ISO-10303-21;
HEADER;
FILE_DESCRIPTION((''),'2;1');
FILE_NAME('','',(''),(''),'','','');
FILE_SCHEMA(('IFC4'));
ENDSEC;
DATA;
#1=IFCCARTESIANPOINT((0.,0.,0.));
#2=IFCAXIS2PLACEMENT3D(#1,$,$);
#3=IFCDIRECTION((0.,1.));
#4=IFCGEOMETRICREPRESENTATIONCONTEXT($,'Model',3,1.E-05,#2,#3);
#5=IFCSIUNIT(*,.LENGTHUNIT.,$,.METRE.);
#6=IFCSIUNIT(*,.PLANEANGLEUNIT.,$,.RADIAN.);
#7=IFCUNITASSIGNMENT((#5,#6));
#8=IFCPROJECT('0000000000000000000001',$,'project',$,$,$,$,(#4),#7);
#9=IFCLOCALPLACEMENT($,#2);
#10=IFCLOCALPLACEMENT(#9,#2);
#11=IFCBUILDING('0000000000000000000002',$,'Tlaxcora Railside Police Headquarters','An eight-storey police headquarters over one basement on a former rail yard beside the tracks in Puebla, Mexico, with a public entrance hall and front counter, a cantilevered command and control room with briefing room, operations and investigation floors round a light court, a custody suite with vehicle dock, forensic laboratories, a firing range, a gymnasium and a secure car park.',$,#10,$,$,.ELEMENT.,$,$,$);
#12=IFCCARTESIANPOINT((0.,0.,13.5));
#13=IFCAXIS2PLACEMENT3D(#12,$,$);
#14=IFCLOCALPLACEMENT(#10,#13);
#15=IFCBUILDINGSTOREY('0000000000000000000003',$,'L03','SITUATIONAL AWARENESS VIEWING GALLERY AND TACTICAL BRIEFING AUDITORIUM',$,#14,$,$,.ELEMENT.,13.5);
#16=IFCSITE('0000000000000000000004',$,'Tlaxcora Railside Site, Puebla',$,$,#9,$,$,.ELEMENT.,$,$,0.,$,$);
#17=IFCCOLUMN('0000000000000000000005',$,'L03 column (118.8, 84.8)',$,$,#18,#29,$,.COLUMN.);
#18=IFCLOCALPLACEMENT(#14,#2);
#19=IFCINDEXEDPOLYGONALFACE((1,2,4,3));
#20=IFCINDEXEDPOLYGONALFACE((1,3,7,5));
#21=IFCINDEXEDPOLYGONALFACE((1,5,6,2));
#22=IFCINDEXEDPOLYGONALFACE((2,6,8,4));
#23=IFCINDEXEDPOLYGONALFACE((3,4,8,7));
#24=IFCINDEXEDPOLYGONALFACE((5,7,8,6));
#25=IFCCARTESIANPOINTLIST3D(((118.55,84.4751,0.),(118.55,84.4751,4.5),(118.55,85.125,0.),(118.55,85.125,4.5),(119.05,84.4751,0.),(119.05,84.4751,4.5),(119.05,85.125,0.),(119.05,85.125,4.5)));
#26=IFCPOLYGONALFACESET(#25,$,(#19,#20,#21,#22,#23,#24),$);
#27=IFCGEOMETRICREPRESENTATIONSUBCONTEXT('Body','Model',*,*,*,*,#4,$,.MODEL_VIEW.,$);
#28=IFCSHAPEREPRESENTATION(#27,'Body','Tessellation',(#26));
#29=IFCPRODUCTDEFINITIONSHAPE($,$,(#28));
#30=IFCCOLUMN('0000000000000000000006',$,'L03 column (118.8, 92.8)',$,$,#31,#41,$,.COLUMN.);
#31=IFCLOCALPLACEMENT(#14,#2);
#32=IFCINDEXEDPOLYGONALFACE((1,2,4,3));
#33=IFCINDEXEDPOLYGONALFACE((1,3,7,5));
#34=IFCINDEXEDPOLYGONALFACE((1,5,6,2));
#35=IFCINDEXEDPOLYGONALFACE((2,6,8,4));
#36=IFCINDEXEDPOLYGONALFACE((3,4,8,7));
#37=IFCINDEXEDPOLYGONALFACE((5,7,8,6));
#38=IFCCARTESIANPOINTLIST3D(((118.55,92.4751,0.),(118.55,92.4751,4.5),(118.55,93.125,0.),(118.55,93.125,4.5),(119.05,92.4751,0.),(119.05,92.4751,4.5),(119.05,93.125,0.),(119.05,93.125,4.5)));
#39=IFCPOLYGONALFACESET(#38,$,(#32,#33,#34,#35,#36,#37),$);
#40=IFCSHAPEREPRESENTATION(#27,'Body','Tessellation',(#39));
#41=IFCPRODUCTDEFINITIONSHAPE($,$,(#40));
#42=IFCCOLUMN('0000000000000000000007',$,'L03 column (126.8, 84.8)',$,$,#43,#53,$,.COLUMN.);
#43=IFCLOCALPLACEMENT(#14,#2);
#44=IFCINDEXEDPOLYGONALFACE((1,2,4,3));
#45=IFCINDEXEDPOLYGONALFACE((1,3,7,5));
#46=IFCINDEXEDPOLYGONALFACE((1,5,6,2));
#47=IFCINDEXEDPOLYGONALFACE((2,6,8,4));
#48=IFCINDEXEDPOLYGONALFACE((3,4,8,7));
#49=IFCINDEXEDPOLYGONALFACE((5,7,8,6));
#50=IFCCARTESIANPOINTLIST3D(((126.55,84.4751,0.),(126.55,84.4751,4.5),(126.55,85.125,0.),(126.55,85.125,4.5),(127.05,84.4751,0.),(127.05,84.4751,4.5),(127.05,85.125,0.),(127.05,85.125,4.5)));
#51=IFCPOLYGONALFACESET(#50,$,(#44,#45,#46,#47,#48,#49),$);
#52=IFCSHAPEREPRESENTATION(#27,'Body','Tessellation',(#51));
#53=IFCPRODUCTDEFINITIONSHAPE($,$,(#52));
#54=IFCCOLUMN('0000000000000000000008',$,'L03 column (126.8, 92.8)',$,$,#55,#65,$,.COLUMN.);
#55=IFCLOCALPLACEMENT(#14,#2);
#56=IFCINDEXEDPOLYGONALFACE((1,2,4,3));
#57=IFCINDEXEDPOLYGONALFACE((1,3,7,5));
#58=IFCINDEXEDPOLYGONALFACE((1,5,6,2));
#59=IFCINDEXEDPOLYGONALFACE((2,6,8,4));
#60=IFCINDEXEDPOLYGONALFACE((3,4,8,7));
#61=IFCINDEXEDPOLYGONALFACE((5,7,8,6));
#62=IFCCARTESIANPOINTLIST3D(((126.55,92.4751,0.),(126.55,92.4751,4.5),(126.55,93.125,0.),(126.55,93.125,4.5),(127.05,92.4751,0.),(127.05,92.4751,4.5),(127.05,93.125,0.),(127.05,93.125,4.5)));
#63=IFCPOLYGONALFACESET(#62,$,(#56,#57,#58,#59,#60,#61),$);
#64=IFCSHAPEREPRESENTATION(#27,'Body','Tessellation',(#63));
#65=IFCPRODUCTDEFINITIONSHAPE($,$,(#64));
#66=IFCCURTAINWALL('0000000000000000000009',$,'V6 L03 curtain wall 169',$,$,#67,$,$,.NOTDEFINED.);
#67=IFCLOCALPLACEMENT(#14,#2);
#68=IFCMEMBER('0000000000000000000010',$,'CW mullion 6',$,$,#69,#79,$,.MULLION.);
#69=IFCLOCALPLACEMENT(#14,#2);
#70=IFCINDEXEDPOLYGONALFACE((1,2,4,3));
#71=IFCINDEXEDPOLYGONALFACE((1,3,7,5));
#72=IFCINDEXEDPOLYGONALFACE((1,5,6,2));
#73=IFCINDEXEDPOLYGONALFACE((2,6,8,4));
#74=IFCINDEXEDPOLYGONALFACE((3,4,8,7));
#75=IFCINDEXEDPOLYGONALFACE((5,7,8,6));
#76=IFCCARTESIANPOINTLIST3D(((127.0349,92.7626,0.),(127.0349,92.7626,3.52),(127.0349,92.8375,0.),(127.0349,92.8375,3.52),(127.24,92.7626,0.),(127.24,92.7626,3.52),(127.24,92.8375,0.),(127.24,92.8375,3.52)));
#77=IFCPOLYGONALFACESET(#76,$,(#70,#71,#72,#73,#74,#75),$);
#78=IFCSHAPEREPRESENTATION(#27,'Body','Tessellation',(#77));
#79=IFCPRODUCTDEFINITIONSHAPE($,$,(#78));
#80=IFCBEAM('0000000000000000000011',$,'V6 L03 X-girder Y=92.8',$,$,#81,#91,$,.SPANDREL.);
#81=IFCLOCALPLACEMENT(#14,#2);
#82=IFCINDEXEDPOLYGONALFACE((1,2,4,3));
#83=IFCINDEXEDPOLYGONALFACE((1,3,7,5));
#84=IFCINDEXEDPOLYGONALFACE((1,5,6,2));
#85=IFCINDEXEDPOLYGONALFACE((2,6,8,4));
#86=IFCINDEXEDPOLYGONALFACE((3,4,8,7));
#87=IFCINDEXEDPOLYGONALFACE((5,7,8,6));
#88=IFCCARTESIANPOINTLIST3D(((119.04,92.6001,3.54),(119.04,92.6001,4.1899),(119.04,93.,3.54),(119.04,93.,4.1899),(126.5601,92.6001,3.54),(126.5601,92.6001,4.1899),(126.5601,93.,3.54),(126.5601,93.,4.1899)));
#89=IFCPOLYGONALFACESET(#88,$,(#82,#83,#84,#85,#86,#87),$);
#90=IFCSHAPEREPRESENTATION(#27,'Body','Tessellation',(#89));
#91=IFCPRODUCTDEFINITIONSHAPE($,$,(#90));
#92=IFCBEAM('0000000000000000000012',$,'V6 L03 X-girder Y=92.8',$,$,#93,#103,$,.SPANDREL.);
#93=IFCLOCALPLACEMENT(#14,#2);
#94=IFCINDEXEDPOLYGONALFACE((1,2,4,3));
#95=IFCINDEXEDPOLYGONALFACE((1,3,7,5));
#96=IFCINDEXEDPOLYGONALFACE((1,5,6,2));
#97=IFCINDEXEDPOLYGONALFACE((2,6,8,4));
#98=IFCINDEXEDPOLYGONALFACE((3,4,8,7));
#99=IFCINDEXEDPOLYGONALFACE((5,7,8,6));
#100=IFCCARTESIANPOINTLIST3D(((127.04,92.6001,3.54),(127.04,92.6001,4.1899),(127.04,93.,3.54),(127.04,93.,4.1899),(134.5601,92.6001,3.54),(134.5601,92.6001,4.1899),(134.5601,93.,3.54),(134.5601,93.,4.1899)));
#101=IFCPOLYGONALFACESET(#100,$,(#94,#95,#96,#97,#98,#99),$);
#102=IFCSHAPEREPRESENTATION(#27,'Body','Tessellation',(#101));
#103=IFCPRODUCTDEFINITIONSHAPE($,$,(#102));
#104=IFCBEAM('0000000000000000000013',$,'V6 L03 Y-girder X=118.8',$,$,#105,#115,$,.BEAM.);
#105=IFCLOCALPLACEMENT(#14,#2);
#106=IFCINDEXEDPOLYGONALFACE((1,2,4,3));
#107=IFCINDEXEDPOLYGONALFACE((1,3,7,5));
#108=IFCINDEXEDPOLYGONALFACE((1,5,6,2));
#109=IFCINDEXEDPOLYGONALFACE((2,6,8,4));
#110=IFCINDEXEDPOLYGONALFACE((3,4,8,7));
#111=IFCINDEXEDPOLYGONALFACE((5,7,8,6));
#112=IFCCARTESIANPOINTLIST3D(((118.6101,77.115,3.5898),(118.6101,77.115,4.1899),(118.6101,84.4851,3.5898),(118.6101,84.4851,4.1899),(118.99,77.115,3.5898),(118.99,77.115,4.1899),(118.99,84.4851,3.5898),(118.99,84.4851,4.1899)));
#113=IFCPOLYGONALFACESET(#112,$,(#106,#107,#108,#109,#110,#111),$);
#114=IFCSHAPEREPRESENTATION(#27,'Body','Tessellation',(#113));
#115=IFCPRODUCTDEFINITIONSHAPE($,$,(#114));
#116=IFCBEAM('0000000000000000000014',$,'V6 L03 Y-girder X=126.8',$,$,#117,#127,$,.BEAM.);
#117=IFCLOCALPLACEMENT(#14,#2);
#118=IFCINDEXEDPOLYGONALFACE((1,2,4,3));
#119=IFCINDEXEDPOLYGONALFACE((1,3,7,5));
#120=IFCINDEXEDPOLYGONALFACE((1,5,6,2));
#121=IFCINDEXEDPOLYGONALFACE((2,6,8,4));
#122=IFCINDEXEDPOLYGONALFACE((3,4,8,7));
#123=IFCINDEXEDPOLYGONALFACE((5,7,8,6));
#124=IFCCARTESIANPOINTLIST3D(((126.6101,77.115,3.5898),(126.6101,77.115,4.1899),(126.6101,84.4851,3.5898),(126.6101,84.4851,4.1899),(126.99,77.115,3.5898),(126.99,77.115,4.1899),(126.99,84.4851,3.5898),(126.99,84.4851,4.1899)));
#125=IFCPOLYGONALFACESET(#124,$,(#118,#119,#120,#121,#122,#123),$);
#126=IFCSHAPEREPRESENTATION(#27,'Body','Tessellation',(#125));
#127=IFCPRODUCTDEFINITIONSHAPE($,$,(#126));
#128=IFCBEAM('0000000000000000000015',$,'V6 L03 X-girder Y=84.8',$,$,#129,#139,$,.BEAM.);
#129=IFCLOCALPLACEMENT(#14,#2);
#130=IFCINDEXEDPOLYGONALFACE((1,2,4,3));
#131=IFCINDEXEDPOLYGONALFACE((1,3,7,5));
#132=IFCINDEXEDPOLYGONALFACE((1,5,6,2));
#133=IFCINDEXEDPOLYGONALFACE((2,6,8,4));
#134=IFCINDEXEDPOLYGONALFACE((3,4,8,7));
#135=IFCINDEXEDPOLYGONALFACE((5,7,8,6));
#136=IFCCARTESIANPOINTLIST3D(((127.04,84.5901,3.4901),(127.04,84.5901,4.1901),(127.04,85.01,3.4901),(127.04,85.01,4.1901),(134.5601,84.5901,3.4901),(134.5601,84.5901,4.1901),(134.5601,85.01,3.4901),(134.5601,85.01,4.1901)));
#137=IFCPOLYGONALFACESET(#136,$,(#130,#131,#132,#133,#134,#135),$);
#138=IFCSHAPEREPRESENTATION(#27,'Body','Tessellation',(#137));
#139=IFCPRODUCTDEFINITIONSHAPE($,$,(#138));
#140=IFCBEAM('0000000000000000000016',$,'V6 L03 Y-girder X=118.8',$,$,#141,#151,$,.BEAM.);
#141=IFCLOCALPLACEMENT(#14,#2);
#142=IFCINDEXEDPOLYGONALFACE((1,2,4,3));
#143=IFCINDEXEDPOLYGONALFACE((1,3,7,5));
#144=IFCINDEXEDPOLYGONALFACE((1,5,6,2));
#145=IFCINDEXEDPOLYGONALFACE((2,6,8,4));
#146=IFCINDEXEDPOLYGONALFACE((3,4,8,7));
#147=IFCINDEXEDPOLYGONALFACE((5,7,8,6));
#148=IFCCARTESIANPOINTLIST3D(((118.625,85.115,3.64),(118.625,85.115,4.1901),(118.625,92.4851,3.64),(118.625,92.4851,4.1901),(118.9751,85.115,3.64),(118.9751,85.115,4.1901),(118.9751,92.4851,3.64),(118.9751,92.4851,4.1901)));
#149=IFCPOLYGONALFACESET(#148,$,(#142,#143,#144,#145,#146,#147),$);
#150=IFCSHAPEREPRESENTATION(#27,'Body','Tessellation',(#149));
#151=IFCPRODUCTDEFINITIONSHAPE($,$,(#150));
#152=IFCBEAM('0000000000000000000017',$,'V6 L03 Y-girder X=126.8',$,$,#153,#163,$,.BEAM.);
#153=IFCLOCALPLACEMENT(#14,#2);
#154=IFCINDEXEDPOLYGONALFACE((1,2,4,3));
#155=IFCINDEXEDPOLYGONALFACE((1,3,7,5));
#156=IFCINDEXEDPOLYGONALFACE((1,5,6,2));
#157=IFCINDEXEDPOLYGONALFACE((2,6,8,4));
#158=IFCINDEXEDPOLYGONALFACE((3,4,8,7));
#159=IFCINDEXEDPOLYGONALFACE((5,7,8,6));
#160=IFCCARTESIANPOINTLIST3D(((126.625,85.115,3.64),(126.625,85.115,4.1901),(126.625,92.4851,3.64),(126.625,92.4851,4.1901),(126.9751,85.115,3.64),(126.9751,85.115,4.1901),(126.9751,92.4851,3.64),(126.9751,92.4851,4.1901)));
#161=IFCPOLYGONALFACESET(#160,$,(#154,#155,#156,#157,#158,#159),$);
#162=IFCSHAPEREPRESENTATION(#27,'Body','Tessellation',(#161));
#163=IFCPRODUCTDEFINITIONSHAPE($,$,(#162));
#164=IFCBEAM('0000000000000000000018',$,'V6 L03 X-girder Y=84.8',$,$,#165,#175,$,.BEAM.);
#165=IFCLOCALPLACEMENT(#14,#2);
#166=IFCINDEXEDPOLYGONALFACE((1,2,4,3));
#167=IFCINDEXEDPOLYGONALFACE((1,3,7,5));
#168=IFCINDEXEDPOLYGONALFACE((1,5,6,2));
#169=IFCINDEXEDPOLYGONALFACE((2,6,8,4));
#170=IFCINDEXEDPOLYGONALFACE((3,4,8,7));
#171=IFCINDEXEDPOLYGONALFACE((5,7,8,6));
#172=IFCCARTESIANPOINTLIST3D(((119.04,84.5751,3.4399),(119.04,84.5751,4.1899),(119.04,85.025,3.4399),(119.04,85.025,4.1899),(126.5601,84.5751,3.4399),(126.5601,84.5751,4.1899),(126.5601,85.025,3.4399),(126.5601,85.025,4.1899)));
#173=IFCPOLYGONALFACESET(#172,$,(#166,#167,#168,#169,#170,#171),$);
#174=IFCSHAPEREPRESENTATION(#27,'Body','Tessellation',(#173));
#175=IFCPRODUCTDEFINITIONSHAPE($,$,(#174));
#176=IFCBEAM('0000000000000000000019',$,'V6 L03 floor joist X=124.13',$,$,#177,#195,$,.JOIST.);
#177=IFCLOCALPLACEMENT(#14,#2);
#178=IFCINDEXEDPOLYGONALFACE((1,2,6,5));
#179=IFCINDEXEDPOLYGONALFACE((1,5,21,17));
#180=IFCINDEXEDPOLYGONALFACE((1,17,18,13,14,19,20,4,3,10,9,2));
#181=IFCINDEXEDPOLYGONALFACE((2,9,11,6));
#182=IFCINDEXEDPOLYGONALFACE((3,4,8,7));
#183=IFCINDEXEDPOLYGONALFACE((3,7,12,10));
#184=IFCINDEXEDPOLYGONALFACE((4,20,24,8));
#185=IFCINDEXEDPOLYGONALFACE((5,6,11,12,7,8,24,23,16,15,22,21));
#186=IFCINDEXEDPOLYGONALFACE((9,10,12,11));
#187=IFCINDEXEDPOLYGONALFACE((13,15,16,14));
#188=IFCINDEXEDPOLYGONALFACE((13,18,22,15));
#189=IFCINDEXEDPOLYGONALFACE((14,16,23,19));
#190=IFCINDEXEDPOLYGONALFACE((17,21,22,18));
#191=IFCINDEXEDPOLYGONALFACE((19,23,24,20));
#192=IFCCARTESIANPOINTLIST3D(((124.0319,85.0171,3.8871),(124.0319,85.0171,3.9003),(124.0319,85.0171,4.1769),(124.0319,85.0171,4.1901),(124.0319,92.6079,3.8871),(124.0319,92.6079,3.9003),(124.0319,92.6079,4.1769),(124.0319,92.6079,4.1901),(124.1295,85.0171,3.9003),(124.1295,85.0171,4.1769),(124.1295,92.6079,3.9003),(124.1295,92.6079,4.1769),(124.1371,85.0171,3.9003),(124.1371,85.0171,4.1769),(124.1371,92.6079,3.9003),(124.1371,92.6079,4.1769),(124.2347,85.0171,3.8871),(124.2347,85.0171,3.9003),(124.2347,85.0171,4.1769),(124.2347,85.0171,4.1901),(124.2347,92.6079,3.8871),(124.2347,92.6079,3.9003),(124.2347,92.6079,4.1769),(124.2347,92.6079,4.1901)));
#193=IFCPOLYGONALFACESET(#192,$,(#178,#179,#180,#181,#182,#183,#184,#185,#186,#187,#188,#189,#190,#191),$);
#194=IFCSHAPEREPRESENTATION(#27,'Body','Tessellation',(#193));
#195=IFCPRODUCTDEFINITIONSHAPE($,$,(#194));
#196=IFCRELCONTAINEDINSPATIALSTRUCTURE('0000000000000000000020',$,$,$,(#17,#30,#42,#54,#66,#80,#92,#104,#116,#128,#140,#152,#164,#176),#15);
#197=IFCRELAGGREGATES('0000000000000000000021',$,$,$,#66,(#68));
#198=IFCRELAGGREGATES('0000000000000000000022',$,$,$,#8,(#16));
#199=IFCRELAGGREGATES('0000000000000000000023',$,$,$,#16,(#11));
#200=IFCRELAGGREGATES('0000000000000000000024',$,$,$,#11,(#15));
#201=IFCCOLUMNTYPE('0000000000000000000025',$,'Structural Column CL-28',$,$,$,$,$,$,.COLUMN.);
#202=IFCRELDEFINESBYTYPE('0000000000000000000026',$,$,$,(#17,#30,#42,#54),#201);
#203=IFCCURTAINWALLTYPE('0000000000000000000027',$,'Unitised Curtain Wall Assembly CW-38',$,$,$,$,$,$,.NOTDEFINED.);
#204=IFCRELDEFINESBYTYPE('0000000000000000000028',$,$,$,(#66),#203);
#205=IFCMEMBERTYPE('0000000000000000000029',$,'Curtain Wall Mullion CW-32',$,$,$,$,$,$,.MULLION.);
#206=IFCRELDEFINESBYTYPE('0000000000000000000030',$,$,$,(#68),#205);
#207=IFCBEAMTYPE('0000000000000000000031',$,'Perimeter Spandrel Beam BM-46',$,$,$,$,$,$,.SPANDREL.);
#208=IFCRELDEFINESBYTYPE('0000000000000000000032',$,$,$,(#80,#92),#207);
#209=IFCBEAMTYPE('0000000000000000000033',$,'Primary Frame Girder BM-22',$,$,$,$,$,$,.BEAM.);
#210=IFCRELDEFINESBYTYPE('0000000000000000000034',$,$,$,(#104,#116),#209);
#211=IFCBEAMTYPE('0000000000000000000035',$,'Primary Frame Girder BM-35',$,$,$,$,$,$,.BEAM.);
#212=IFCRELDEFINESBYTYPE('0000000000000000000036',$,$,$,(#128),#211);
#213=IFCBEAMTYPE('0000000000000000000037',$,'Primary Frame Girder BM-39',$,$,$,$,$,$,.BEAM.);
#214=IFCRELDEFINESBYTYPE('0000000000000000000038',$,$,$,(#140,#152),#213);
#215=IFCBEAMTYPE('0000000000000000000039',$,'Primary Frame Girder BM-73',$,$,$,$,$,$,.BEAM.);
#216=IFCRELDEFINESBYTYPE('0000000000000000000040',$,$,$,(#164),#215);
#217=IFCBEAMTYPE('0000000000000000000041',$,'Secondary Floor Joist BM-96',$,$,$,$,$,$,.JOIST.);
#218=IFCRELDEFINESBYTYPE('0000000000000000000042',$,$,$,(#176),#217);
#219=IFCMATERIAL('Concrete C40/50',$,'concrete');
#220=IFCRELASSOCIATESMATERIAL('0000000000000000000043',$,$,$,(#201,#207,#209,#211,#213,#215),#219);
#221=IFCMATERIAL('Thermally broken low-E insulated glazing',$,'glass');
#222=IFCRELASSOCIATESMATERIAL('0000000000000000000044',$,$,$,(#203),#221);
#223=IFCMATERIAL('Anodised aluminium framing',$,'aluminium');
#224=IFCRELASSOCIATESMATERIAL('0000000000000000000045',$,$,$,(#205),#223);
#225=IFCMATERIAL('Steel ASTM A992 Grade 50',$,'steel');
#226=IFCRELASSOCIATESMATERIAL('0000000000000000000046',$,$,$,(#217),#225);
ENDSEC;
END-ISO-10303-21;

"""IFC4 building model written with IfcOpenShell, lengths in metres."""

from ifc_helpers import new_model, si_unit, direction, frame, origin, origin_2d, place, context, subcontext, project, spatial, rectangle, i_section, extrude, material, material_profile, profile_set, type_object, element, aggregate, save


model = new_model("IFC4")

# Units and contexts
model_context = context("Model", 3, precision=1e-05, world=origin(), true_north=direction((0.0, 1.0)))
body_context = subcontext(model_context, "Body", "Model", "MODEL_VIEW")
ifc_project = project(units=[si_unit("LENGTHUNIT", "METRE"), si_unit("PLANEANGLEUNIT", "RADIAN")], contexts=[model_context])

# Site, building, storey
site_placement = place(None, origin())
site = spatial("IfcSite", under=ifc_project, at=site_placement, Name="Tlaxcora Railside Site, Puebla", CompositionType="ELEMENT", RefElevation=0.0)
building_placement = place(site_placement, origin())
building = spatial("IfcBuilding", under=site, at=building_placement, Name="Tlaxcora Railside Police Headquarters", Description="An eight-storey police headquarters over one basement on a former rail yard beside the tracks in Puebla, Mexico, with a public entrance hall and front counter, a cantilevered command and control room with briefing room, operations and investigation floors round a light court, a custody suite with vehicle dock, forensic laboratories, a firing range, a gymnasium and a secure car park.", CompositionType="ELEMENT")
storey_placement = place(building_placement, frame((0.0, 0.0, 13.5)))
storey = spatial("IfcBuildingStorey", under=building, at=storey_placement, Name="L03", Description="SITUATIONAL AWARENESS VIEWING GALLERY AND TACTICAL BRIEFING AUDITORIUM", CompositionType="ELEMENT", Elevation=13.5)

# Columns
ifc_material_1 = material(Name="Concrete C40/50", Category="concrete")
ifc_material_profile_1 = material_profile(ifc_material_1, rectangle(XDim=0.5, YDim=0.6499, at=origin_2d()), Name="RC500X650")
ifc_profile_set_1 = profile_set([ifc_material_profile_1], Name="Concrete C40/50")
column_type = type_object("IfcColumnType", Name="Structural Column CL-28", PredefinedType="COLUMN", material=ifc_profile_set_1)
for number, where, z_axis, x_axis, name in (
    (1, (118.8, 84.8, 0.0), (0.0, 0.0, 1.0), (1.0, 0.0, 0.0), "L03 column (118.8, 84.8)"),
    (2, (118.8, 92.8, 0.0), (0.0, 0.0, 1.0), (1.0, 0.0, 0.0), "L03 column (118.8, 92.8)"),
    (3, (126.8, 84.8, 0.0), (0.0, 0.0, 1.0), (1.0, 0.0, 0.0), "L03 column (126.8, 84.8)"),
    (4, (126.8, 92.8, 0.0), (0.0, 0.0, 1.0), (1.0, 0.0, 0.0), "L03 column (126.8, 92.8)"),
):
    element("IfcColumn", number, at=place(storey_placement, frame(where, z_axis=z_axis, x_axis=x_axis)), inside=storey, type_object=column_type, Name=name, PredefinedType="COLUMN", context=body_context, shape_type="SweptSolid", body=[
        extrude(rectangle(XDim=0.5, YDim=0.6499, at=origin_2d()), origin(), (0.0, 0.0, 1.0), 4.5),
    ])

# Curtain wall, member
ifc_material_2 = material(Name="Thermally broken low-E insulated glazing", Category="glass")
curtain_wall_type = type_object("IfcCurtainWallType", Name="Unitised Curtain Wall Assembly CW-38", PredefinedType="NOTDEFINED", material=ifc_material_2)
curtain_wall_placement = place(storey_placement, origin())
curtain_wall = element("IfcCurtainWall", 5, at=curtain_wall_placement, inside=storey, type_object=curtain_wall_type, Name="V6 L03 curtain wall 169", PredefinedType="NOTDEFINED")
ifc_material_3 = material(Name="Anodised aluminium framing", Category="aluminium")
ifc_material_profile_2 = material_profile(ifc_material_3, rectangle(XDim=0.075, YDim=0.2051, at=origin_2d()), Name="AL75X205")
ifc_profile_set_2 = profile_set([ifc_material_profile_2], Name="Anodised aluminium framing")
member_type = type_object("IfcMemberType", Name="Curtain Wall Mullion CW-32", PredefinedType="MULLION", material=ifc_profile_set_2)
member_placement = place(storey_placement, frame((127.1375, 92.8, 0.0), z_axis=(0.0, 0.0, 1.0), x_axis=(0.0, -1.0, 0.0)))
member = element("IfcMember", 6, at=member_placement, type_object=member_type, Name="CW mullion 6", PredefinedType="MULLION", context=body_context, shape_type="SweptSolid", body=[
    extrude(rectangle(XDim=0.075, YDim=0.2051, at=origin_2d()), origin(), (0.0, 0.0, 1.0), 3.52),
])
aggregate(curtain_wall, [member])

# Beams
ifc_material_profile_3 = material_profile(ifc_material_1, rectangle(XDim=0.3999, YDim=0.6499, at=origin_2d()), Name="RC400X650")
ifc_profile_set_3 = profile_set([ifc_material_profile_3], Name="Concrete C40/50")
beam_type_1 = type_object("IfcBeamType", Name="Perimeter Spandrel Beam BM-46", PredefinedType="SPANDREL", material=ifc_profile_set_3)
for number, where, z_axis, x_axis, name in (
    (7, (119.04, 92.8, 3.865), (1.0, 0.0, 0.0), (0.0, 1.0, 0.0), "V6 L03 X-girder Y=92.8"),
    (8, (127.04, 92.8, 3.865), (1.0, 0.0, 0.0), (0.0, 1.0, 0.0), "V6 L03 X-girder Y=92.8"),
):
    element("IfcBeam", number, at=place(storey_placement, frame(where, z_axis=z_axis, x_axis=x_axis)), inside=storey, type_object=beam_type_1, Name=name, PredefinedType="SPANDREL", context=body_context, shape_type="SweptSolid", body=[
        extrude(rectangle(XDim=0.3999, YDim=0.6499, at=origin_2d()), origin(), (0.0, 0.0, 1.0), 7.52),
    ])
ifc_material_profile_4 = material_profile(ifc_material_1, rectangle(XDim=0.3799, YDim=0.6001, at=origin_2d()), Name="RC380X600")
ifc_profile_set_4 = profile_set([ifc_material_profile_4], Name="Concrete C40/50")
beam_type_2 = type_object("IfcBeamType", Name="Primary Frame Girder BM-22", PredefinedType="BEAM", material=ifc_profile_set_4)
for number, where, z_axis, x_axis, name in (
    (9, (118.8, 77.115, 3.8899), (0.0, 1.0, 0.0), (-1.0, 0.0, 0.0), "V6 L03 Y-girder X=118.8"),
    (10, (126.8, 77.115, 3.8899), (0.0, 1.0, 0.0), (-1.0, 0.0, 0.0), "V6 L03 Y-girder X=126.8"),
):
    element("IfcBeam", number, at=place(storey_placement, frame(where, z_axis=z_axis, x_axis=x_axis)), inside=storey, type_object=beam_type_2, Name=name, PredefinedType="BEAM", context=body_context, shape_type="SweptSolid", body=[
        extrude(rectangle(XDim=0.3799, YDim=0.6001, at=origin_2d()), origin(), (0.0, 0.0, 1.0), 7.3701),
    ])
ifc_material_profile_5 = material_profile(ifc_material_1, rectangle(XDim=0.4199, YDim=0.7, at=origin_2d()), Name="RC420X700")
ifc_profile_set_5 = profile_set([ifc_material_profile_5], Name="Concrete C40/50")
beam_type_3 = type_object("IfcBeamType", Name="Primary Frame Girder BM-35", PredefinedType="BEAM", material=ifc_profile_set_5)
beam_1_placement = place(storey_placement, frame((127.04, 84.8, 3.8401), z_axis=(1.0, 0.0, 0.0), x_axis=(0.0, 1.0, 0.0)))
element("IfcBeam", 11, at=beam_1_placement, inside=storey, type_object=beam_type_3, Name="V6 L03 X-girder Y=84.8", PredefinedType="BEAM", context=body_context, shape_type="SweptSolid", body=[
    extrude(rectangle(XDim=0.4199, YDim=0.7, at=origin_2d()), origin(), (0.0, 0.0, 1.0), 7.52),
])
ifc_material_profile_6 = material_profile(ifc_material_1, rectangle(XDim=0.3501, YDim=0.55, at=origin_2d()), Name="RC350X550")
ifc_profile_set_6 = profile_set([ifc_material_profile_6], Name="Concrete C40/50")
beam_type_4 = type_object("IfcBeamType", Name="Primary Frame Girder BM-39", PredefinedType="BEAM", material=ifc_profile_set_6)
for number, where, z_axis, x_axis, name in (
    (12, (118.8, 85.115, 3.915), (0.0, 1.0, 0.0), (-1.0, 0.0, 0.0), "V6 L03 Y-girder X=118.8"),
    (13, (126.8, 85.115, 3.915), (0.0, 1.0, 0.0), (-1.0, 0.0, 0.0), "V6 L03 Y-girder X=126.8"),
):
    element("IfcBeam", number, at=place(storey_placement, frame(where, z_axis=z_axis, x_axis=x_axis)), inside=storey, type_object=beam_type_4, Name=name, PredefinedType="BEAM", context=body_context, shape_type="SweptSolid", body=[
        extrude(rectangle(XDim=0.3501, YDim=0.55, at=origin_2d()), origin(), (0.0, 0.0, 1.0), 7.3701),
    ])
ifc_material_profile_7 = material_profile(ifc_material_1, rectangle(XDim=0.45, YDim=0.75, at=origin_2d()), Name="RC450X750")
ifc_profile_set_7 = profile_set([ifc_material_profile_7], Name="Concrete C40/50")
beam_type_5 = type_object("IfcBeamType", Name="Primary Frame Girder BM-73", PredefinedType="BEAM", material=ifc_profile_set_7)
beam_2_placement = place(storey_placement, frame((119.04, 84.8, 3.8149), z_axis=(1.0, 0.0, 0.0), x_axis=(0.0, 1.0, 0.0)))
element("IfcBeam", 14, at=beam_2_placement, inside=storey, type_object=beam_type_5, Name="V6 L03 X-girder Y=84.8", PredefinedType="BEAM", context=body_context, shape_type="SweptSolid", body=[
    extrude(rectangle(XDim=0.45, YDim=0.75, at=origin_2d()), origin(), (0.0, 0.0, 1.0), 7.52),
])
ifc_material_4 = material(Name="Steel ASTM A992 Grade 50", Category="steel")
ifc_material_profile_8 = material_profile(ifc_material_4, i_section(OverallWidth=0.2029, OverallDepth=0.303, WebThickness=0.0076, FlangeThickness=0.0132, at=origin_2d()), Name="W12X40")
ifc_profile_set_8 = profile_set([ifc_material_profile_8], Name="Steel ASTM A992 Grade 50")
beam_type_6 = type_object("IfcBeamType", Name="Secondary Floor Joist BM-96", PredefinedType="JOIST", material=ifc_profile_set_8)
beam_3_placement = place(storey_placement, frame((124.1333, 85.0171, 4.0386), z_axis=(0.0, 1.0, 0.0), x_axis=(-1.0, 0.0, 0.0)))
element("IfcBeam", 15, at=beam_3_placement, inside=storey, type_object=beam_type_6, Name="V6 L03 floor joist X=124.13", PredefinedType="JOIST", context=body_context, shape_type="SweptSolid", body=[
    extrude(i_section(OverallWidth=0.2029, OverallDepth=0.303, WebThickness=0.0076, FlangeThickness=0.0132, at=origin_2d()), origin(), (0.0, 0.0, 1.0), 7.5908),
])

save(model, "model.ifc")
